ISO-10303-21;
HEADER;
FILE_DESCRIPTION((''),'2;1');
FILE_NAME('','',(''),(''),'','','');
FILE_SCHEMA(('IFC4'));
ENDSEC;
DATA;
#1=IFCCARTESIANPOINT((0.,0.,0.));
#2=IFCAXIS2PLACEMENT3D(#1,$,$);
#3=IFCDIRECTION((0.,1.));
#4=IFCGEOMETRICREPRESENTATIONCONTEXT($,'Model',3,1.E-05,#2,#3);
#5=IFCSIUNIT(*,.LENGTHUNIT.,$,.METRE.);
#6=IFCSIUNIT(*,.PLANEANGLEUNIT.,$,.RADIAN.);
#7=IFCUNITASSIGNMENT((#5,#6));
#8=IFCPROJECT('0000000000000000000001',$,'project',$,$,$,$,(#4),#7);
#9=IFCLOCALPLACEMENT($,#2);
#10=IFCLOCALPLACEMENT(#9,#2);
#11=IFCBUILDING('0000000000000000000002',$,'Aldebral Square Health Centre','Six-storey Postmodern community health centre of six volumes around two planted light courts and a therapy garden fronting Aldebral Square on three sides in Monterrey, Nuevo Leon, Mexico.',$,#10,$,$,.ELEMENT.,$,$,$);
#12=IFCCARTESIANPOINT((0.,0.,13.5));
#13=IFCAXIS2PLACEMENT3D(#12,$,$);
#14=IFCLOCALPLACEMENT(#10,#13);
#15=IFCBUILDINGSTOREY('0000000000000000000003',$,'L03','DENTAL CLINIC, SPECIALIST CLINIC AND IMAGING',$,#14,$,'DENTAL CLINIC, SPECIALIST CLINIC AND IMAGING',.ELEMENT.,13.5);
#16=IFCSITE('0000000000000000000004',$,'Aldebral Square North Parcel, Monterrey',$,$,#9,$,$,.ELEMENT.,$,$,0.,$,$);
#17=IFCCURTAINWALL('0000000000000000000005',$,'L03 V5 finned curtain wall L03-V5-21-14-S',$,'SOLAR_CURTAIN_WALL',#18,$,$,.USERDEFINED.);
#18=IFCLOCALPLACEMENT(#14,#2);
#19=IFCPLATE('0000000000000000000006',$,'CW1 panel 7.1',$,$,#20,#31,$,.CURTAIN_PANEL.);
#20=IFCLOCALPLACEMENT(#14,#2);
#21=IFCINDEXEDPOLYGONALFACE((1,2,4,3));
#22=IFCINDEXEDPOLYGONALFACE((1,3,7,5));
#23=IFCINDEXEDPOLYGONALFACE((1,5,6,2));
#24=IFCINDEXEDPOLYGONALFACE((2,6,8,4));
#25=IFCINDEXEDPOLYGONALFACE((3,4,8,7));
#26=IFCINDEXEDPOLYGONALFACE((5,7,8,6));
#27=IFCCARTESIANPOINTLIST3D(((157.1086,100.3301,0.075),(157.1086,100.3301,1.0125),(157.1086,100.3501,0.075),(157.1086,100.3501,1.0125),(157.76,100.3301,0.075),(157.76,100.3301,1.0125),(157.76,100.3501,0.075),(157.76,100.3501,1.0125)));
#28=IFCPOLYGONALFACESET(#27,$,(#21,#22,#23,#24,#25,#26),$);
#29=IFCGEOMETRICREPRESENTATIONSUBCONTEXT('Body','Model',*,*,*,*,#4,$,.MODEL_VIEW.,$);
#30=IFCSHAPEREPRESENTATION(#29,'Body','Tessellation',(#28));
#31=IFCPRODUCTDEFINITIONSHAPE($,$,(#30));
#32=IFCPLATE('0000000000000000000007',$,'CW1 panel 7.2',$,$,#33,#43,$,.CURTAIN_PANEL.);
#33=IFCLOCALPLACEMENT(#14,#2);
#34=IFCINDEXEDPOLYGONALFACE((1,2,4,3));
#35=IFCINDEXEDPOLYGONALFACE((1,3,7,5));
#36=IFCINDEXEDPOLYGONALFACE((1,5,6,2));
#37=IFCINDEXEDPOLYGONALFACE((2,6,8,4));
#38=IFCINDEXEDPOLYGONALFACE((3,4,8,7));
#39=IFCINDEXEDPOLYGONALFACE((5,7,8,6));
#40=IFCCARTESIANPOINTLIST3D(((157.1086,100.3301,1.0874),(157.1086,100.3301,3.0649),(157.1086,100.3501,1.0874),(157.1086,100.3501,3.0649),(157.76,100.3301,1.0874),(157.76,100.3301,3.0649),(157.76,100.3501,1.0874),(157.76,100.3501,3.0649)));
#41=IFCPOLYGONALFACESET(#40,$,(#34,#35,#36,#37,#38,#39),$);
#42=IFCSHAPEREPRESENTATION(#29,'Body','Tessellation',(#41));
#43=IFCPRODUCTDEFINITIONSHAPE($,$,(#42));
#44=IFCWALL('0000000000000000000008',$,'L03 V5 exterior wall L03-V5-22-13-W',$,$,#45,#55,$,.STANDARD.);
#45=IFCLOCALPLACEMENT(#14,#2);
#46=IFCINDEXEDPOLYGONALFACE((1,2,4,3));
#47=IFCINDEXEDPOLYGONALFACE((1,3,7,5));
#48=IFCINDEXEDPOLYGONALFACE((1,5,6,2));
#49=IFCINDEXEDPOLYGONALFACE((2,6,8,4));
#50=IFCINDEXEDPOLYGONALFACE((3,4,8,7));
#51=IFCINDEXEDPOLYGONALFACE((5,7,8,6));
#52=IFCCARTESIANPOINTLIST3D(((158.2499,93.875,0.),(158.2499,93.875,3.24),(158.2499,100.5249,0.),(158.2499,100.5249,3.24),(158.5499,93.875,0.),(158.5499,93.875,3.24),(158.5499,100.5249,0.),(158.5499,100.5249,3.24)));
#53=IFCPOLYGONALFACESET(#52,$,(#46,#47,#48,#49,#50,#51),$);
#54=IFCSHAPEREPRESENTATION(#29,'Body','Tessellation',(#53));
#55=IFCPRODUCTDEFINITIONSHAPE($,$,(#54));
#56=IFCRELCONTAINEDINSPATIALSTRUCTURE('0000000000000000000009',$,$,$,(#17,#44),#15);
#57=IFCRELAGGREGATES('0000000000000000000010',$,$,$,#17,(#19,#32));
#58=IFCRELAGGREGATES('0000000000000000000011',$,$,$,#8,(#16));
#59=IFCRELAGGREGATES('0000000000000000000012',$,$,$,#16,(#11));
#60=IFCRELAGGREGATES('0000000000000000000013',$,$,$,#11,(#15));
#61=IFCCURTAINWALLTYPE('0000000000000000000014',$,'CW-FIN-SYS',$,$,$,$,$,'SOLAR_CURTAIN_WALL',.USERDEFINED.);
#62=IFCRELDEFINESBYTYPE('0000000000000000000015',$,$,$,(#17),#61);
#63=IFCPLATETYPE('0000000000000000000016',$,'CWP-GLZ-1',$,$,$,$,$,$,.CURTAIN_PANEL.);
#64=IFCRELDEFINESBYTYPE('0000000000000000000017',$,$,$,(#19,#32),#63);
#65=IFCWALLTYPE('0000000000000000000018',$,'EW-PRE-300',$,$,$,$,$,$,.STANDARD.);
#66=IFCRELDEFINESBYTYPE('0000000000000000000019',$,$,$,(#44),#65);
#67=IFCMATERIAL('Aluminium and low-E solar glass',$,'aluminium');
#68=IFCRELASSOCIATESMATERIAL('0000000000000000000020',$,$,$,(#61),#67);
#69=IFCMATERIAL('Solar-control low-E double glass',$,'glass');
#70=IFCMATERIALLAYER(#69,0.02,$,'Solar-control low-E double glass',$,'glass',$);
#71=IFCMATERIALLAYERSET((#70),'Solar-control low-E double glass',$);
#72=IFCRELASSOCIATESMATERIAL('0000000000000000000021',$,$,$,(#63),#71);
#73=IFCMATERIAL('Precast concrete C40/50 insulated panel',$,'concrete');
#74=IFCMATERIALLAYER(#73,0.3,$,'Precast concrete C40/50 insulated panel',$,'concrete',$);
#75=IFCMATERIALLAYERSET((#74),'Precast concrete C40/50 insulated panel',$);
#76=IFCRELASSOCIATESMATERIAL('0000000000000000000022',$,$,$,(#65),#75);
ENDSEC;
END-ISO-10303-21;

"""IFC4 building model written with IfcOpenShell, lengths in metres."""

from ifc_helpers import new_model, si_unit, direction, frame, frame_2d, origin, origin_2d, place, context, subcontext, project, spatial, rectangle, extrude, material, layer, layer_set, type_object, element, aggregate, save


model = new_model("IFC4")

# Units and contexts
model_context = context("Model", 3, precision=1e-05, world=origin(), true_north=direction((0.0, 1.0)))
body_context = subcontext(model_context, "Body", "Model", "MODEL_VIEW")
ifc_project = project(units=[si_unit("LENGTHUNIT", "METRE"), si_unit("PLANEANGLEUNIT", "RADIAN")], contexts=[model_context])

# Site, building, storey
site_placement = place(None, origin())
site = spatial("IfcSite", under=ifc_project, at=site_placement, Name="Aldebral Square North Parcel, Monterrey", CompositionType="ELEMENT", RefElevation=0.0)
building_placement = place(site_placement, origin())
building = spatial("IfcBuilding", under=site, at=building_placement, Name="Aldebral Square Health Centre", Description="Six-storey Postmodern community health centre of six volumes around two planted light courts and a therapy garden fronting Aldebral Square on three sides in Monterrey, Nuevo Leon, Mexico.", CompositionType="ELEMENT")
storey_placement = place(building_placement, frame((0.0, 0.0, 13.5)))
storey = spatial("IfcBuildingStorey", under=building, at=storey_placement, Name="L03", Description="DENTAL CLINIC, SPECIALIST CLINIC AND IMAGING", LongName="DENTAL CLINIC, SPECIALIST CLINIC AND IMAGING", CompositionType="ELEMENT", Elevation=13.5)

# Curtain wall, plates
ifc_material_1 = material(Name="Aluminium and low-E solar glass", Category="aluminium")
curtain_wall_type = type_object("IfcCurtainWallType", Name="CW-FIN-SYS", ElementType="SOLAR_CURTAIN_WALL", PredefinedType="USERDEFINED", material=ifc_material_1)
curtain_wall_placement = place(storey_placement, origin())
curtain_wall = element("IfcCurtainWall", 1, at=curtain_wall_placement, inside=storey, type_object=curtain_wall_type, Name="L03 V5 finned curtain wall L03-V5-21-14-S", ObjectType="SOLAR_CURTAIN_WALL", PredefinedType="USERDEFINED")
ifc_material_2 = material(Name="Solar-control low-E double glass", Category="glass")
ifc_layer_1 = layer(ifc_material_2, 0.02, Name="Solar-control low-E double glass", Category="glass")
ifc_layer_set_1 = layer_set([ifc_layer_1], Name="Solar-control low-E double glass")
plate_type = type_object("IfcPlateType", Name="CWP-GLZ-1", PredefinedType="CURTAIN_PANEL", material=ifc_layer_set_1)
plate_1_placement = place(storey_placement, frame((157.4343, 100.3401, 0.075), z_axis=(0.0, 0.0, 1.0), x_axis=(1.0, 0.0, 0.0)))
plate_1 = element("IfcPlate", 2, at=plate_1_placement, type_object=plate_type, Name="CW1 panel 7.1", PredefinedType="CURTAIN_PANEL", context=body_context, shape_type="SweptSolid", body=[
    extrude(rectangle(XDim=0.6514, YDim=0.02, at=origin_2d()), origin(), (0.0, 0.0, 1.0), 0.9375),
])
plate_2_placement = place(storey_placement, frame((157.4343, 100.3401, 1.0874), z_axis=(0.0, 0.0, 1.0), x_axis=(1.0, 0.0, 0.0)))
plate_2 = element("IfcPlate", 3, at=plate_2_placement, type_object=plate_type, Name="CW1 panel 7.2", PredefinedType="CURTAIN_PANEL", context=body_context, shape_type="SweptSolid", body=[
    extrude(rectangle(XDim=0.6514, YDim=0.02, at=origin_2d()), origin(), (0.0, 0.0, 1.0), 1.9775),
])
aggregate(curtain_wall, [plate_1, plate_2])

# Wall
ifc_material_3 = material(Name="Precast concrete C40/50 insulated panel", Category="concrete")
ifc_layer_2 = layer(ifc_material_3, 0.3, Name="Precast concrete C40/50 insulated panel", Category="concrete")
ifc_layer_set_2 = layer_set([ifc_layer_2], Name="Precast concrete C40/50 insulated panel")
wall_type = type_object("IfcWallType", Name="EW-PRE-300", PredefinedType="STANDARD", material=ifc_layer_set_2)
wall_placement = place(storey_placement, frame((158.3999, 100.5249, 0.0), z_axis=(0.0, 0.0, 1.0), x_axis=(0.0, -1.0, 0.0)))
element("IfcWall", 4, at=wall_placement, inside=storey, type_object=wall_type, Name="L03 V5 exterior wall L03-V5-22-13-W", PredefinedType="STANDARD", context=body_context, shape_type="SweptSolid", body=[
    extrude(rectangle(XDim=6.6499, YDim=0.3, at=frame_2d((3.325, 0.0))), origin(), (0.0, 0.0, 1.0), 3.24),
])

save(model, "model.ifc")
